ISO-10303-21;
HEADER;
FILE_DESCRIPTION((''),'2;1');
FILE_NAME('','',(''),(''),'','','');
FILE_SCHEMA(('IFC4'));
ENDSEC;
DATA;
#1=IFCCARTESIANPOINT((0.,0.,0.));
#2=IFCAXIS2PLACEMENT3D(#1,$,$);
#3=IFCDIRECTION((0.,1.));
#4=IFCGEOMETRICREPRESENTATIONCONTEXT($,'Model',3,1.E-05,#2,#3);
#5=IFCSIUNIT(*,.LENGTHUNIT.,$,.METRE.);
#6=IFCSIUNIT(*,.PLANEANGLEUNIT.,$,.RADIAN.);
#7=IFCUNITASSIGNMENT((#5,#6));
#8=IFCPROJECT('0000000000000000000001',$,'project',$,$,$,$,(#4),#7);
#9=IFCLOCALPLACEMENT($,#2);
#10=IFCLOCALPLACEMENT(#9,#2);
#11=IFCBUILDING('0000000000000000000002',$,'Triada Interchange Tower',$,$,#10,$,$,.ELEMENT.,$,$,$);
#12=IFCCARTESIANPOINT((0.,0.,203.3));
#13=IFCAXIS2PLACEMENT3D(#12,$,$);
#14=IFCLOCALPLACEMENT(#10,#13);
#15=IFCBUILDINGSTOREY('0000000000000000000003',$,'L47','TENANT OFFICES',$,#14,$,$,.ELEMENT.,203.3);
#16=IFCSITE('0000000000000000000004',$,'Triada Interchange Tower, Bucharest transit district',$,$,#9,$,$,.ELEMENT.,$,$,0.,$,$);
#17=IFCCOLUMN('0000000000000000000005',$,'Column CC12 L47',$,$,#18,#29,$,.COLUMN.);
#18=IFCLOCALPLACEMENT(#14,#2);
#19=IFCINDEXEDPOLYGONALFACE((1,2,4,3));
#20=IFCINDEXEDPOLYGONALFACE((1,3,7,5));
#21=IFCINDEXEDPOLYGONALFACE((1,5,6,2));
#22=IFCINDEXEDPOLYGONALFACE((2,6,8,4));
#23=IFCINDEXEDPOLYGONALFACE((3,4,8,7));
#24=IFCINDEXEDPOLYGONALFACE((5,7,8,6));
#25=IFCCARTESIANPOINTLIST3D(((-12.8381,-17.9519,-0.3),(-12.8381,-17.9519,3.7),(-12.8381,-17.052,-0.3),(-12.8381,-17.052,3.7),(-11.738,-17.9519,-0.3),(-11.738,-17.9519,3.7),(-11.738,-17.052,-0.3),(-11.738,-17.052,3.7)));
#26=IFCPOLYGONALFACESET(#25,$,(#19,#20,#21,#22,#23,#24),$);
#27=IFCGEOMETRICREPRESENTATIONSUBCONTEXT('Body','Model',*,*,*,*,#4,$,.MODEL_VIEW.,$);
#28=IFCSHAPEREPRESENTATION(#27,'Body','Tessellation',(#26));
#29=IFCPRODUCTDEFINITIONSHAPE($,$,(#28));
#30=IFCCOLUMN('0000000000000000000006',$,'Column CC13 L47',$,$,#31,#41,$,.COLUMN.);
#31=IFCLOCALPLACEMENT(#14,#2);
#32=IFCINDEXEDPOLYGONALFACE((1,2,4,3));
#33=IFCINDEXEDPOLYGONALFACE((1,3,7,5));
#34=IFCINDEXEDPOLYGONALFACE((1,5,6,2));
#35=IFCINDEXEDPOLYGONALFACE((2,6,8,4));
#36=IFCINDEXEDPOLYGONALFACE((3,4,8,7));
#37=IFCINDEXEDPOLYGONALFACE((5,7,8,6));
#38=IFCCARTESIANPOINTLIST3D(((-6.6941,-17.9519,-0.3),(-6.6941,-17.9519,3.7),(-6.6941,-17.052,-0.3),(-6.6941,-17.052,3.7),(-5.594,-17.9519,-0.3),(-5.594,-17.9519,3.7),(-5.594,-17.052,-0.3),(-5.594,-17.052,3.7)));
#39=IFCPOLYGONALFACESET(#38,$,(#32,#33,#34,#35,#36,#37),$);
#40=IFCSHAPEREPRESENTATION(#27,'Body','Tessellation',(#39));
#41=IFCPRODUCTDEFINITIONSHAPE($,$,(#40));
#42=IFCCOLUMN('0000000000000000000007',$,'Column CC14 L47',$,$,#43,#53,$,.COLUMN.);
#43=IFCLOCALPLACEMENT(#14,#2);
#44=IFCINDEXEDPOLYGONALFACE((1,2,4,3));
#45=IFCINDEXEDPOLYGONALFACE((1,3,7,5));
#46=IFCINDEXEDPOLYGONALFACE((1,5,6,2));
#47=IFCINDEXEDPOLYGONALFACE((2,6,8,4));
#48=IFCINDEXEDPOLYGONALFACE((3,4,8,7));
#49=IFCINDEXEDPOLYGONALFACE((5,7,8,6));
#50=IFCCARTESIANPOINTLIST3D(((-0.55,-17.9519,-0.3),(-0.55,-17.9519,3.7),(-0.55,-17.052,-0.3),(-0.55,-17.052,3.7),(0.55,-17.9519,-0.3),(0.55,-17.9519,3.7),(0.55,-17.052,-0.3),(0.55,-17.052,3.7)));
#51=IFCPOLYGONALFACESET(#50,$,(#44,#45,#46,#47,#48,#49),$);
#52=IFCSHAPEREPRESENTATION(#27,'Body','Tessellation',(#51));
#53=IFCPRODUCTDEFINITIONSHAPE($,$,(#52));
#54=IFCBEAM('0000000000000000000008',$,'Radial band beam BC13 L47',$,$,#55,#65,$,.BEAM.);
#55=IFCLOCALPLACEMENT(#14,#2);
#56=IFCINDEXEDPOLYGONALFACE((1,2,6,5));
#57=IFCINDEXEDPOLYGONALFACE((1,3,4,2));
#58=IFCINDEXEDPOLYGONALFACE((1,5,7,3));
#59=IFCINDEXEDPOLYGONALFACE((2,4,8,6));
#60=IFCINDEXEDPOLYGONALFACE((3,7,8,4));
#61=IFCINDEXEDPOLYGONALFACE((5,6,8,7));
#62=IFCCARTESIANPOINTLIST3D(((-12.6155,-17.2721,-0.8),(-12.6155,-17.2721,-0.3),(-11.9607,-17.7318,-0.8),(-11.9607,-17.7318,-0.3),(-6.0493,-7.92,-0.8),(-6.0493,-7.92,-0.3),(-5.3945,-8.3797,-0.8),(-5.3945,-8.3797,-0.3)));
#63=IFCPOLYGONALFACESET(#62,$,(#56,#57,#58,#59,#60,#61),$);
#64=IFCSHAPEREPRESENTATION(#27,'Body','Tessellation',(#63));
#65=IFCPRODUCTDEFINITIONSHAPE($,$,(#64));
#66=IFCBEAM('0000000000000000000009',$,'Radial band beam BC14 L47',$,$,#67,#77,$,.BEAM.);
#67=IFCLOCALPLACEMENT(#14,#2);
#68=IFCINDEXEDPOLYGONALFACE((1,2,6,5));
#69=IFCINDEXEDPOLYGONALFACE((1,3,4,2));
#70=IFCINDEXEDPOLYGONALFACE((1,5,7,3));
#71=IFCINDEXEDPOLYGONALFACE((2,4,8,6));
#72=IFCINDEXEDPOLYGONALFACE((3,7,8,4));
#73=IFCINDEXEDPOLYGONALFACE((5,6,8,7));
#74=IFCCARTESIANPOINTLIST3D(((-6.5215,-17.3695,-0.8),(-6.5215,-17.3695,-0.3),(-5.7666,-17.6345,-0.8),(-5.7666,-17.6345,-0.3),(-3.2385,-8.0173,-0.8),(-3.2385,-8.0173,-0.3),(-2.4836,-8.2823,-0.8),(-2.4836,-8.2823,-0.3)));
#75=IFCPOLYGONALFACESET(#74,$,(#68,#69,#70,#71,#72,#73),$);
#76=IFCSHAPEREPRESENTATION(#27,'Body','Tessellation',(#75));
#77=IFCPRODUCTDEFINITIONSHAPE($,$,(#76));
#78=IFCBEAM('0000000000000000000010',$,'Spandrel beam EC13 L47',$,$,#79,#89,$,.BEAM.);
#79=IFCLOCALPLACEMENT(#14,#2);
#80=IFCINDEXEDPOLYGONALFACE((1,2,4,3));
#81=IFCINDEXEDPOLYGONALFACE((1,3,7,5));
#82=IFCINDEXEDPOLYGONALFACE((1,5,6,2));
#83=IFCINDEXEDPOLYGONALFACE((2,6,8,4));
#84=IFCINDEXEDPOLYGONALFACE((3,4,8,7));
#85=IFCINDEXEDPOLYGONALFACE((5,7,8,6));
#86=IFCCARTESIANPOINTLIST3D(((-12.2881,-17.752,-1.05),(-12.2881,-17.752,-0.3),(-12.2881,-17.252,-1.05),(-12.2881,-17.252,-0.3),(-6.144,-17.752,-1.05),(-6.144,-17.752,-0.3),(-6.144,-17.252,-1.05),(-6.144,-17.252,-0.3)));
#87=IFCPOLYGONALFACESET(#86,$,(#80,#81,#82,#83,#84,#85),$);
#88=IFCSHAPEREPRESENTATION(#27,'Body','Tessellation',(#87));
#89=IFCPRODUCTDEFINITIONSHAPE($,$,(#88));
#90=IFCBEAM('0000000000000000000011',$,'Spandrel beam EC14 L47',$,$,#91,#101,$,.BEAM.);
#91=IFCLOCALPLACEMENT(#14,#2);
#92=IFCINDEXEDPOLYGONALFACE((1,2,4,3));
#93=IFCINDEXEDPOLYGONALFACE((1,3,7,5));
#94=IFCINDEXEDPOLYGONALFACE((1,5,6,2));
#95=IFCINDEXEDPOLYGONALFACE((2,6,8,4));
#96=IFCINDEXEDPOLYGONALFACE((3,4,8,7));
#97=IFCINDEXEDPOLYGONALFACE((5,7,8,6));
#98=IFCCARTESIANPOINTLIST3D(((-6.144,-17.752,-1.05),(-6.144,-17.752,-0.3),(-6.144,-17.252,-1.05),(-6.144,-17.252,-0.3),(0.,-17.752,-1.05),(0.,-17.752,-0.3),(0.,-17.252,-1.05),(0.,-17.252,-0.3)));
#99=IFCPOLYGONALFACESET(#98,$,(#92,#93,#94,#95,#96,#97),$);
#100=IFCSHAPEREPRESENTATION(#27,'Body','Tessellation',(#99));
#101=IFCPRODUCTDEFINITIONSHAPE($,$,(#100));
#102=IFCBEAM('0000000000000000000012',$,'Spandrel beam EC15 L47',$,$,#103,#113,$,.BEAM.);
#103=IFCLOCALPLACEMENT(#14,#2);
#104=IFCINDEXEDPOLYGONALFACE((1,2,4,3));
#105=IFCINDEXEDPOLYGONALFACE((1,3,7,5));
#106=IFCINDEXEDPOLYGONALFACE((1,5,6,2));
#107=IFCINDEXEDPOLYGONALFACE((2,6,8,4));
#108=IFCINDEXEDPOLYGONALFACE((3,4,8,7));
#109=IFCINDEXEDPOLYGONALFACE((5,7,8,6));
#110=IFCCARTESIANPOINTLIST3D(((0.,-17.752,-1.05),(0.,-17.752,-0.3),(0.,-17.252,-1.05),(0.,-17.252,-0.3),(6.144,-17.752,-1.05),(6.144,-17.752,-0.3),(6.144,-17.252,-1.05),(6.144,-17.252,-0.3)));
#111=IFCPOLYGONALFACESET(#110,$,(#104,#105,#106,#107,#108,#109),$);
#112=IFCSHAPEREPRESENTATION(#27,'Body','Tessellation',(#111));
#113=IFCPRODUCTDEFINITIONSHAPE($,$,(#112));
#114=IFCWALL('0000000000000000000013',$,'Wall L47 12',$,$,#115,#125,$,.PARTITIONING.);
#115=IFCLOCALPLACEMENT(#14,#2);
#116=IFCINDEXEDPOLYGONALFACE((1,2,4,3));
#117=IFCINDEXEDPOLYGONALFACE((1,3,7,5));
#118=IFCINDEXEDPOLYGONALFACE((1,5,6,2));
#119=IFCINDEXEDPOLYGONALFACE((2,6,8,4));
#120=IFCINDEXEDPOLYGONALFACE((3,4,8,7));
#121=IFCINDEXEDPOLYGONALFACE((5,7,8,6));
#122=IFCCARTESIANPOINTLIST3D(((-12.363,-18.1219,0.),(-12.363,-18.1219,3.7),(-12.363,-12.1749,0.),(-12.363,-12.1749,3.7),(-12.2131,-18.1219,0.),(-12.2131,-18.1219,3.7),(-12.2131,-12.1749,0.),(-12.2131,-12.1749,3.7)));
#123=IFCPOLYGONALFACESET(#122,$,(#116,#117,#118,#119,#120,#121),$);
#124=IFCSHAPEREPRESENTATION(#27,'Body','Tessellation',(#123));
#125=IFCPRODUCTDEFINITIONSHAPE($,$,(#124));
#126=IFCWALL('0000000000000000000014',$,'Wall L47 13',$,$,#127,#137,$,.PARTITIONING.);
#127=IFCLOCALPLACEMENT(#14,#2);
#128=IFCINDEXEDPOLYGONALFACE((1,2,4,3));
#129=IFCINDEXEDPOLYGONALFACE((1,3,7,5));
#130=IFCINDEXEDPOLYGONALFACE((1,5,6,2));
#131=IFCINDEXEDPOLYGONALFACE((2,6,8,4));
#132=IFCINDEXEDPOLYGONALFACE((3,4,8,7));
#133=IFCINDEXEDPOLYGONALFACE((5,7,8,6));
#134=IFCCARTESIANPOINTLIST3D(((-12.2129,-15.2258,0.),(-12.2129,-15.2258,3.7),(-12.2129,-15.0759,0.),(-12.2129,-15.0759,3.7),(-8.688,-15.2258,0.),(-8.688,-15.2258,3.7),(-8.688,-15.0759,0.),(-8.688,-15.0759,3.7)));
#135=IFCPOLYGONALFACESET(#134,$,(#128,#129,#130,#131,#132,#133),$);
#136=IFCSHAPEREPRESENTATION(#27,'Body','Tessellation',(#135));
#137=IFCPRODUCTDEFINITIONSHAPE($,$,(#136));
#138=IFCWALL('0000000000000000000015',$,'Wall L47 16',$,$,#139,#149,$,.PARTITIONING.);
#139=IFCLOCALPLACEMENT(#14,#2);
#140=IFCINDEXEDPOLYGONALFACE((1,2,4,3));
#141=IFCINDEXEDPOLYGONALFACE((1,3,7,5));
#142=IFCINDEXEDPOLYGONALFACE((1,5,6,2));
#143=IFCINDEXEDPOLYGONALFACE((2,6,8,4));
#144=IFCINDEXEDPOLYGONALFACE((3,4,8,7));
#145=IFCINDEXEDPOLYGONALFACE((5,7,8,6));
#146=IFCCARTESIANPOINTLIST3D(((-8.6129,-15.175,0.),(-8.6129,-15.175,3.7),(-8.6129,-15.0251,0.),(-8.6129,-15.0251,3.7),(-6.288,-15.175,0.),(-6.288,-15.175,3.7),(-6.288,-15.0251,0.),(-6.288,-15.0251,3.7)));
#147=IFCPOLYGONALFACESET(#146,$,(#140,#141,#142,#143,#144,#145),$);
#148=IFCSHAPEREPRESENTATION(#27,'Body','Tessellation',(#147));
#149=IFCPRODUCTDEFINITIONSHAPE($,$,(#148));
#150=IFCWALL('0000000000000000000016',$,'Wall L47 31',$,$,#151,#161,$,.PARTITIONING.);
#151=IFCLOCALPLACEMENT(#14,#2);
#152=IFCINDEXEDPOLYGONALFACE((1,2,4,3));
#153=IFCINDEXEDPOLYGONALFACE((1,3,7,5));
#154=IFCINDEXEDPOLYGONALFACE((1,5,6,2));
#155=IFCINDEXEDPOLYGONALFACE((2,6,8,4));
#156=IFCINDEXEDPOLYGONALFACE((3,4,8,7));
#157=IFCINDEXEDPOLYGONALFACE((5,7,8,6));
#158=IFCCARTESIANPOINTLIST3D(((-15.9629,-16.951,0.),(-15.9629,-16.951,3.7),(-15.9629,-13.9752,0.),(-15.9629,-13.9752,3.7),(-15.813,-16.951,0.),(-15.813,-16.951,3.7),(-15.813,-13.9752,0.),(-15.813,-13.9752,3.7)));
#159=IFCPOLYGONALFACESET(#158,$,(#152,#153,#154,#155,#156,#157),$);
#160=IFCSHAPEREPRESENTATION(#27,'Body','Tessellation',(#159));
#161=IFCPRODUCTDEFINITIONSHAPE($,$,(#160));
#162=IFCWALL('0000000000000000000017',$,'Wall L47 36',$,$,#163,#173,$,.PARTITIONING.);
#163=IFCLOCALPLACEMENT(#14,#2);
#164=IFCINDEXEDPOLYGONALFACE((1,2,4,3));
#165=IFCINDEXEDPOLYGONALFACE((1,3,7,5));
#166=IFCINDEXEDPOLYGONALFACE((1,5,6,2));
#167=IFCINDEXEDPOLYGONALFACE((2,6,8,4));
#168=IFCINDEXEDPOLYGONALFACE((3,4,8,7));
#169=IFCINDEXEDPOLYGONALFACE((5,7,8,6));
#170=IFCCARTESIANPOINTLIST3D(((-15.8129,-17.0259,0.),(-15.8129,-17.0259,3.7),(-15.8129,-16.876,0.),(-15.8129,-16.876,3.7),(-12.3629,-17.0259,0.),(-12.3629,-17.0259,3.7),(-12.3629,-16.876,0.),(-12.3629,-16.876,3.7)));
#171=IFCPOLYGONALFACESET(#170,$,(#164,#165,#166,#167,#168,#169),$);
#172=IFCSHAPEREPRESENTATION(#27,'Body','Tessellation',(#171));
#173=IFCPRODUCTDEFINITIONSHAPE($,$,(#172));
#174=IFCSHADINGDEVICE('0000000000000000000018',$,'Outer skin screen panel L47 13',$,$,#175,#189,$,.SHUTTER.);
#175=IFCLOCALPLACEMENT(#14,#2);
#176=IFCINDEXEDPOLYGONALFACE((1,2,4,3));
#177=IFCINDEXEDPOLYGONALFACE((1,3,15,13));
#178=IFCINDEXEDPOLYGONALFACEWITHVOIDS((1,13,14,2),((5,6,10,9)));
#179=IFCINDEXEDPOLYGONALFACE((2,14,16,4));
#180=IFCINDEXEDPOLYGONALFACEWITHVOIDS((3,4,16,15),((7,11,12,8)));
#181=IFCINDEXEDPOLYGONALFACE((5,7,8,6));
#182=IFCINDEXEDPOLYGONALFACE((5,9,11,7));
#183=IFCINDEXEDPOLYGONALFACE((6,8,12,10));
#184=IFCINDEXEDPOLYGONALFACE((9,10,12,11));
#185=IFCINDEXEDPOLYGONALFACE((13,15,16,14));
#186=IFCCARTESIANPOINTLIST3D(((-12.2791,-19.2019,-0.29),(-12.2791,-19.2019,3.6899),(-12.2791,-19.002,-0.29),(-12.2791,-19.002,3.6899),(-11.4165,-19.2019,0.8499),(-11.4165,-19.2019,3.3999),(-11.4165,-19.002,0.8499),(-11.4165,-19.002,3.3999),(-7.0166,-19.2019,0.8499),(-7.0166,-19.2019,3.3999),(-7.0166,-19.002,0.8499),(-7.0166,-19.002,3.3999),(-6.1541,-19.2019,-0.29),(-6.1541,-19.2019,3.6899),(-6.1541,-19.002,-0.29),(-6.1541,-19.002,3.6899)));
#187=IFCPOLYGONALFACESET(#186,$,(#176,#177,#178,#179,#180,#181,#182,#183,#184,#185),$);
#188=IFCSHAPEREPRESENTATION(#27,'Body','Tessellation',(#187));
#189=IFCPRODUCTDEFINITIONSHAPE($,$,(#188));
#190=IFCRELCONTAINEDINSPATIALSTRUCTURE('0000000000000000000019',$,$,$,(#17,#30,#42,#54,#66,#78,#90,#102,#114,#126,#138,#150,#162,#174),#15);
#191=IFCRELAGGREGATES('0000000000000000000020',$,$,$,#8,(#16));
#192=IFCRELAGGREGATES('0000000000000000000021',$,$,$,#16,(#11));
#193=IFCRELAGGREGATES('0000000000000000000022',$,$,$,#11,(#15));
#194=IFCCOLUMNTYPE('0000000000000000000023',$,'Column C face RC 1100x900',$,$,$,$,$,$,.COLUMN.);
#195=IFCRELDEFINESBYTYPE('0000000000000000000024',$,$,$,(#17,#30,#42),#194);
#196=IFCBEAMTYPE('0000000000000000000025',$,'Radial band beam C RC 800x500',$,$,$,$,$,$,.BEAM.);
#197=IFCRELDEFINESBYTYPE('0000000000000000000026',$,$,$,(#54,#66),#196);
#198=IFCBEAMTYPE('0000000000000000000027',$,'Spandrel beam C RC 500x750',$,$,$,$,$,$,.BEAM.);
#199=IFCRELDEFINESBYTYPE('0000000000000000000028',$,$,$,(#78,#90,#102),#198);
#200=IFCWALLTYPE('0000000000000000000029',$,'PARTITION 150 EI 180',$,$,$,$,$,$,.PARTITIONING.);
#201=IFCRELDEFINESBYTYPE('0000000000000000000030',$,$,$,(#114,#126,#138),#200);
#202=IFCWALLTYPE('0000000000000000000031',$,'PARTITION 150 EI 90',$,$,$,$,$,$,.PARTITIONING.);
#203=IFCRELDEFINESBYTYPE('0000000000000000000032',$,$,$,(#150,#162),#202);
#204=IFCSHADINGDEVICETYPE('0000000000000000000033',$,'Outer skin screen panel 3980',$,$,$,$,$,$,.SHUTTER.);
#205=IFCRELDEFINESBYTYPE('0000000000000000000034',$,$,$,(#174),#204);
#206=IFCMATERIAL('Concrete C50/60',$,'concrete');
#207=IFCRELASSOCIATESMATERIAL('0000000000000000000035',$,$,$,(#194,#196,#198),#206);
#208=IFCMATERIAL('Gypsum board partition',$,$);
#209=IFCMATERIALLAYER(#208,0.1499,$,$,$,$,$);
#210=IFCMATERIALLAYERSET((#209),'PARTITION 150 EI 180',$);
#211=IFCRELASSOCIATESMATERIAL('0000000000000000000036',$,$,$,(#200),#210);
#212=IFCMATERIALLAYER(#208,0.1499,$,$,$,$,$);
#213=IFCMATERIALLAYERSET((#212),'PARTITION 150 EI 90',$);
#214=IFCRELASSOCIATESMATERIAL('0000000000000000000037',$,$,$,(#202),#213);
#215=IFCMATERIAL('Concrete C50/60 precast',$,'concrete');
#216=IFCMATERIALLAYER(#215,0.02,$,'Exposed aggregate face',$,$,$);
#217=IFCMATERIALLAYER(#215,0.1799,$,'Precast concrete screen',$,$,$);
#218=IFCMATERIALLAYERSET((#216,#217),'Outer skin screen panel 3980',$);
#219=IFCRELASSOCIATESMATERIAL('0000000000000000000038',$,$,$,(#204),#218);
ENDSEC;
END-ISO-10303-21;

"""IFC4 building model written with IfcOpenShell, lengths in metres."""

from ifc_helpers import new_model, si_unit, direction, frame, frame_2d, origin, origin_2d, place, context, subcontext, project, spatial, polyline, rectangle, outline, extrude, material, layer, layer_set, material_profile, profile_set, type_object, element, save


model = new_model("IFC4")

# Units and contexts
model_context = context("Model", 3, precision=1e-05, world=origin(), true_north=direction((0.0, 1.0)))
body_context = subcontext(model_context, "Body", "Model", "MODEL_VIEW")
ifc_project = project(units=[si_unit("LENGTHUNIT", "METRE"), si_unit("PLANEANGLEUNIT", "RADIAN")], contexts=[model_context])

# Site, building, storey
site_placement = place(None, origin())
site = spatial("IfcSite", under=ifc_project, at=site_placement, Name="Triada Interchange Tower, Bucharest transit district", CompositionType="ELEMENT", RefElevation=0.0)
building_placement = place(site_placement, origin())
building = spatial("IfcBuilding", under=site, at=building_placement, Name="Triada Interchange Tower", CompositionType="ELEMENT")
storey_placement = place(building_placement, frame((0.0, 0.0, 203.3)))
storey = spatial("IfcBuildingStorey", under=building, at=storey_placement, Name="L47", Description="TENANT OFFICES", CompositionType="ELEMENT", Elevation=203.3)

# Columns
ifc_material_1 = material(Name="Concrete C50/60", Category="concrete")
ifc_material_profile_1 = material_profile(ifc_material_1, rectangle(XDim=1.1001, YDim=0.8999, at=origin_2d()), Name="RC 1100x900")
ifc_profile_set_1 = profile_set([ifc_material_profile_1], Name="Concrete C50/60")
column_type = type_object("IfcColumnType", Name="Column C face RC 1100x900", PredefinedType="COLUMN", material=ifc_profile_set_1)
for number, where, z_axis, x_axis, name in (
    (1, (-12.2881, -17.502, -0.3), (0.0, 0.0, 1.0), (1.0, 0.0, 0.0), "Column CC12 L47"),
    (2, (-6.144, -17.502, -0.3), (0.0, 0.0, 1.0), (1.0, 0.0, 0.0), "Column CC13 L47"),
    (3, (0.0, -17.502, -0.3), (0.0, 0.0, 1.0), (1.0, 0.0, 0.0), "Column CC14 L47"),
):
    element("IfcColumn", number, at=place(storey_placement, frame(where, z_axis=z_axis, x_axis=x_axis)), inside=storey, type_object=column_type, Name=name, PredefinedType="COLUMN", context=body_context, shape_type="SweptSolid", body=[
        extrude(rectangle(XDim=1.1001, YDim=0.8999, at=origin_2d()), origin(), (0.0, 0.0, 1.0), 4.0),
    ])

# Beams
ifc_material_profile_2 = material_profile(ifc_material_1, rectangle(XDim=0.8, YDim=0.5, at=origin_2d()), Name="RC 800x500")
ifc_profile_set_2 = profile_set([ifc_material_profile_2], Name="Concrete C50/60")
beam_type_1 = type_object("IfcBeamType", Name="Radial band beam C RC 800x500", PredefinedType="BEAM", material=ifc_profile_set_2)
beam_1_placement = place(storey_placement, frame((-12.2881, -17.502, -0.55), z_axis=(0.57462, 0.81842, 0.0), x_axis=(-0.81842, 0.57462, 0.0)))
element("IfcBeam", 4, at=beam_1_placement, inside=storey, type_object=beam_type_1, Name="Radial band beam BC13 L47", PredefinedType="BEAM", context=body_context, shape_type="SweptSolid", body=[
    extrude(rectangle(XDim=0.8, YDim=0.5, at=origin_2d()), origin(), (0.0, 0.0, 1.0), 11.427),
])
beam_2_placement = place(storey_placement, frame((-6.144, -17.502, -0.55), z_axis=(0.331226, 0.943552, 0.0), x_axis=(-0.943552, 0.331226, 0.0)))
element("IfcBeam", 5, at=beam_2_placement, inside=storey, type_object=beam_type_1, Name="Radial band beam BC14 L47", PredefinedType="BEAM", context=body_context, shape_type="SweptSolid", body=[
    extrude(rectangle(XDim=0.8, YDim=0.5, at=origin_2d()), origin(), (0.0, 0.0, 1.0), 9.9116),
])
ifc_material_profile_3 = material_profile(ifc_material_1, rectangle(XDim=0.5, YDim=0.75, at=origin_2d()), Name="RC 500x750")
ifc_profile_set_3 = profile_set([ifc_material_profile_3], Name="Concrete C50/60")
beam_type_2 = type_object("IfcBeamType", Name="Spandrel beam C RC 500x750", PredefinedType="BEAM", material=ifc_profile_set_3)
for number, where, z_axis, x_axis, name in (
    (6, (-12.2881, -17.502, -0.675), (1.0, 0.0, 0.0), (0.0, 1.0, 0.0), "Spandrel beam EC13 L47"),
    (7, (-6.144, -17.502, -0.675), (1.0, 0.0, 0.0), (0.0, 1.0, 0.0), "Spandrel beam EC14 L47"),
    (8, (0.0, -17.502, -0.675), (1.0, 0.0, 0.0), (0.0, 1.0, 0.0), "Spandrel beam EC15 L47"),
):
    element("IfcBeam", number, at=place(storey_placement, frame(where, z_axis=z_axis, x_axis=x_axis)), inside=storey, type_object=beam_type_2, Name=name, PredefinedType="BEAM", context=body_context, shape_type="SweptSolid", body=[
        extrude(rectangle(XDim=0.5, YDim=0.75, at=origin_2d()), origin(), (0.0, 0.0, 1.0), 6.144),
    ])

# Walls
ifc_material_2 = material(Name="Gypsum board partition")
ifc_layer_1 = layer(ifc_material_2, 0.1499)
ifc_layer_set_1 = layer_set([ifc_layer_1], Name="PARTITION 150 EI 180")
wall_type_1 = type_object("IfcWallType", Name="PARTITION 150 EI 180", PredefinedType="PARTITIONING", material=ifc_layer_set_1)
wall_1_placement = place(storey_placement, frame((-12.2881, -18.1221, 0.0), z_axis=(0.0, 0.0, 1.0), x_axis=(0.0, 1.0, 0.0)))
element("IfcWall", 9, at=wall_1_placement, inside=storey, type_object=wall_type_1, Name="Wall L47 12", PredefinedType="PARTITIONING", context=body_context, shape_type="SweptSolid", body=[
    extrude(rectangle(XDim=5.947, YDim=0.1499, at=frame_2d((2.9736, 0.0))), origin(), (0.0, 0.0, 1.0), 3.7),
])
wall_2_placement = place(storey_placement, frame((-12.2129, -15.1509, 0.0), z_axis=(0.0, 0.0, 1.0), x_axis=(1.0, 0.0, 0.0)))
element("IfcWall", 10, at=wall_2_placement, inside=storey, type_object=wall_type_1, Name="Wall L47 13", PredefinedType="PARTITIONING", context=body_context, shape_type="SweptSolid", body=[
    extrude(rectangle(XDim=3.5249, YDim=0.1499, at=frame_2d((1.7625, 0.0))), origin(), (0.0, 0.0, 1.0), 3.7),
])
wall_3_placement = place(storey_placement, frame((-8.613, -15.1001, 0.0), z_axis=(0.0, 0.0, 1.0), x_axis=(1.0, 0.0, 0.0)))
element("IfcWall", 11, at=wall_3_placement, inside=storey, type_object=wall_type_1, Name="Wall L47 16", PredefinedType="PARTITIONING", context=body_context, shape_type="SweptSolid", body=[
    extrude(rectangle(XDim=2.325, YDim=0.1499, at=frame_2d((1.1626, 0.0))), origin(), (0.0, 0.0, 1.0), 3.7),
])
ifc_layer_2 = layer(ifc_material_2, 0.1499)
ifc_layer_set_2 = layer_set([ifc_layer_2], Name="PARTITION 150 EI 90")
wall_type_2 = type_object("IfcWallType", Name="PARTITION 150 EI 90", PredefinedType="PARTITIONING", material=ifc_layer_set_2)
wall_4_placement = place(storey_placement, frame((-15.8879, -16.9509, 0.0), z_axis=(0.0, 0.0, 1.0), x_axis=(0.0, 1.0, 0.0)))
element("IfcWall", 12, at=wall_4_placement, inside=storey, type_object=wall_type_2, Name="Wall L47 31", PredefinedType="PARTITIONING", context=body_context, shape_type="SweptSolid", body=[
    extrude(rectangle(XDim=2.9758, YDim=0.1499, at=frame_2d((1.4878, 0.0))), origin(), (0.0, 0.0, 1.0), 3.7),
])
wall_5_placement = place(storey_placement, frame((-15.813, -16.9509, 0.0), z_axis=(0.0, 0.0, 1.0), x_axis=(1.0, 0.0, 0.0)))
element("IfcWall", 13, at=wall_5_placement, inside=storey, type_object=wall_type_2, Name="Wall L47 36", PredefinedType="PARTITIONING", context=body_context, shape_type="SweptSolid", body=[
    extrude(rectangle(XDim=3.45, YDim=0.1499, at=frame_2d((1.7251, 0.0))), origin(), (0.0, 0.0, 1.0), 3.7),
])

# Shading device
ifc_material_3 = material(Name="Concrete C50/60 precast", Category="concrete")
ifc_layer_3 = layer(ifc_material_3, 0.02, Name="Exposed aggregate face")
ifc_layer_4 = layer(ifc_material_3, 0.1799, Name="Precast concrete screen")
ifc_layer_set_3 = layer_set([ifc_layer_3, ifc_layer_4], Name="Outer skin screen panel 3980")
shading_device_type = type_object("IfcShadingDeviceType", Name="Outer skin screen panel 3980", PredefinedType="SHUTTER", material=ifc_layer_set_3)
shading_device_1_placement = place(storey_placement, frame((-12.2791, -19.002, -0.29), z_axis=(0.0, 0.0, 1.0), x_axis=(1.0, 0.0, 0.0)))
element("IfcShadingDevice", 14, at=shading_device_1_placement, inside=storey, type_object=shading_device_type, Name="Outer skin screen panel L47 13", PredefinedType="SHUTTER", context=body_context, shape_type="SweptSolid", body=[
    extrude(outline(polyline([(0.0, 0.0), (6.125, 0.0), (6.125, 3.98), (0.0, 3.98), (0.0, 0.0)]), holes=[polyline([(0.8625, 1.1399), (0.8625, 3.6899), (5.2625, 3.6899), (5.2625, 1.1399), (0.8625, 1.1399)])]), frame((0.0, 0.0, 0.0), z_axis=(0.0, -1.0, 0.0), x_axis=(1.0, 0.0, 0.0)), (0.0, 0.0, 1.0), 0.2),
])

save(model, "model.ifc")
